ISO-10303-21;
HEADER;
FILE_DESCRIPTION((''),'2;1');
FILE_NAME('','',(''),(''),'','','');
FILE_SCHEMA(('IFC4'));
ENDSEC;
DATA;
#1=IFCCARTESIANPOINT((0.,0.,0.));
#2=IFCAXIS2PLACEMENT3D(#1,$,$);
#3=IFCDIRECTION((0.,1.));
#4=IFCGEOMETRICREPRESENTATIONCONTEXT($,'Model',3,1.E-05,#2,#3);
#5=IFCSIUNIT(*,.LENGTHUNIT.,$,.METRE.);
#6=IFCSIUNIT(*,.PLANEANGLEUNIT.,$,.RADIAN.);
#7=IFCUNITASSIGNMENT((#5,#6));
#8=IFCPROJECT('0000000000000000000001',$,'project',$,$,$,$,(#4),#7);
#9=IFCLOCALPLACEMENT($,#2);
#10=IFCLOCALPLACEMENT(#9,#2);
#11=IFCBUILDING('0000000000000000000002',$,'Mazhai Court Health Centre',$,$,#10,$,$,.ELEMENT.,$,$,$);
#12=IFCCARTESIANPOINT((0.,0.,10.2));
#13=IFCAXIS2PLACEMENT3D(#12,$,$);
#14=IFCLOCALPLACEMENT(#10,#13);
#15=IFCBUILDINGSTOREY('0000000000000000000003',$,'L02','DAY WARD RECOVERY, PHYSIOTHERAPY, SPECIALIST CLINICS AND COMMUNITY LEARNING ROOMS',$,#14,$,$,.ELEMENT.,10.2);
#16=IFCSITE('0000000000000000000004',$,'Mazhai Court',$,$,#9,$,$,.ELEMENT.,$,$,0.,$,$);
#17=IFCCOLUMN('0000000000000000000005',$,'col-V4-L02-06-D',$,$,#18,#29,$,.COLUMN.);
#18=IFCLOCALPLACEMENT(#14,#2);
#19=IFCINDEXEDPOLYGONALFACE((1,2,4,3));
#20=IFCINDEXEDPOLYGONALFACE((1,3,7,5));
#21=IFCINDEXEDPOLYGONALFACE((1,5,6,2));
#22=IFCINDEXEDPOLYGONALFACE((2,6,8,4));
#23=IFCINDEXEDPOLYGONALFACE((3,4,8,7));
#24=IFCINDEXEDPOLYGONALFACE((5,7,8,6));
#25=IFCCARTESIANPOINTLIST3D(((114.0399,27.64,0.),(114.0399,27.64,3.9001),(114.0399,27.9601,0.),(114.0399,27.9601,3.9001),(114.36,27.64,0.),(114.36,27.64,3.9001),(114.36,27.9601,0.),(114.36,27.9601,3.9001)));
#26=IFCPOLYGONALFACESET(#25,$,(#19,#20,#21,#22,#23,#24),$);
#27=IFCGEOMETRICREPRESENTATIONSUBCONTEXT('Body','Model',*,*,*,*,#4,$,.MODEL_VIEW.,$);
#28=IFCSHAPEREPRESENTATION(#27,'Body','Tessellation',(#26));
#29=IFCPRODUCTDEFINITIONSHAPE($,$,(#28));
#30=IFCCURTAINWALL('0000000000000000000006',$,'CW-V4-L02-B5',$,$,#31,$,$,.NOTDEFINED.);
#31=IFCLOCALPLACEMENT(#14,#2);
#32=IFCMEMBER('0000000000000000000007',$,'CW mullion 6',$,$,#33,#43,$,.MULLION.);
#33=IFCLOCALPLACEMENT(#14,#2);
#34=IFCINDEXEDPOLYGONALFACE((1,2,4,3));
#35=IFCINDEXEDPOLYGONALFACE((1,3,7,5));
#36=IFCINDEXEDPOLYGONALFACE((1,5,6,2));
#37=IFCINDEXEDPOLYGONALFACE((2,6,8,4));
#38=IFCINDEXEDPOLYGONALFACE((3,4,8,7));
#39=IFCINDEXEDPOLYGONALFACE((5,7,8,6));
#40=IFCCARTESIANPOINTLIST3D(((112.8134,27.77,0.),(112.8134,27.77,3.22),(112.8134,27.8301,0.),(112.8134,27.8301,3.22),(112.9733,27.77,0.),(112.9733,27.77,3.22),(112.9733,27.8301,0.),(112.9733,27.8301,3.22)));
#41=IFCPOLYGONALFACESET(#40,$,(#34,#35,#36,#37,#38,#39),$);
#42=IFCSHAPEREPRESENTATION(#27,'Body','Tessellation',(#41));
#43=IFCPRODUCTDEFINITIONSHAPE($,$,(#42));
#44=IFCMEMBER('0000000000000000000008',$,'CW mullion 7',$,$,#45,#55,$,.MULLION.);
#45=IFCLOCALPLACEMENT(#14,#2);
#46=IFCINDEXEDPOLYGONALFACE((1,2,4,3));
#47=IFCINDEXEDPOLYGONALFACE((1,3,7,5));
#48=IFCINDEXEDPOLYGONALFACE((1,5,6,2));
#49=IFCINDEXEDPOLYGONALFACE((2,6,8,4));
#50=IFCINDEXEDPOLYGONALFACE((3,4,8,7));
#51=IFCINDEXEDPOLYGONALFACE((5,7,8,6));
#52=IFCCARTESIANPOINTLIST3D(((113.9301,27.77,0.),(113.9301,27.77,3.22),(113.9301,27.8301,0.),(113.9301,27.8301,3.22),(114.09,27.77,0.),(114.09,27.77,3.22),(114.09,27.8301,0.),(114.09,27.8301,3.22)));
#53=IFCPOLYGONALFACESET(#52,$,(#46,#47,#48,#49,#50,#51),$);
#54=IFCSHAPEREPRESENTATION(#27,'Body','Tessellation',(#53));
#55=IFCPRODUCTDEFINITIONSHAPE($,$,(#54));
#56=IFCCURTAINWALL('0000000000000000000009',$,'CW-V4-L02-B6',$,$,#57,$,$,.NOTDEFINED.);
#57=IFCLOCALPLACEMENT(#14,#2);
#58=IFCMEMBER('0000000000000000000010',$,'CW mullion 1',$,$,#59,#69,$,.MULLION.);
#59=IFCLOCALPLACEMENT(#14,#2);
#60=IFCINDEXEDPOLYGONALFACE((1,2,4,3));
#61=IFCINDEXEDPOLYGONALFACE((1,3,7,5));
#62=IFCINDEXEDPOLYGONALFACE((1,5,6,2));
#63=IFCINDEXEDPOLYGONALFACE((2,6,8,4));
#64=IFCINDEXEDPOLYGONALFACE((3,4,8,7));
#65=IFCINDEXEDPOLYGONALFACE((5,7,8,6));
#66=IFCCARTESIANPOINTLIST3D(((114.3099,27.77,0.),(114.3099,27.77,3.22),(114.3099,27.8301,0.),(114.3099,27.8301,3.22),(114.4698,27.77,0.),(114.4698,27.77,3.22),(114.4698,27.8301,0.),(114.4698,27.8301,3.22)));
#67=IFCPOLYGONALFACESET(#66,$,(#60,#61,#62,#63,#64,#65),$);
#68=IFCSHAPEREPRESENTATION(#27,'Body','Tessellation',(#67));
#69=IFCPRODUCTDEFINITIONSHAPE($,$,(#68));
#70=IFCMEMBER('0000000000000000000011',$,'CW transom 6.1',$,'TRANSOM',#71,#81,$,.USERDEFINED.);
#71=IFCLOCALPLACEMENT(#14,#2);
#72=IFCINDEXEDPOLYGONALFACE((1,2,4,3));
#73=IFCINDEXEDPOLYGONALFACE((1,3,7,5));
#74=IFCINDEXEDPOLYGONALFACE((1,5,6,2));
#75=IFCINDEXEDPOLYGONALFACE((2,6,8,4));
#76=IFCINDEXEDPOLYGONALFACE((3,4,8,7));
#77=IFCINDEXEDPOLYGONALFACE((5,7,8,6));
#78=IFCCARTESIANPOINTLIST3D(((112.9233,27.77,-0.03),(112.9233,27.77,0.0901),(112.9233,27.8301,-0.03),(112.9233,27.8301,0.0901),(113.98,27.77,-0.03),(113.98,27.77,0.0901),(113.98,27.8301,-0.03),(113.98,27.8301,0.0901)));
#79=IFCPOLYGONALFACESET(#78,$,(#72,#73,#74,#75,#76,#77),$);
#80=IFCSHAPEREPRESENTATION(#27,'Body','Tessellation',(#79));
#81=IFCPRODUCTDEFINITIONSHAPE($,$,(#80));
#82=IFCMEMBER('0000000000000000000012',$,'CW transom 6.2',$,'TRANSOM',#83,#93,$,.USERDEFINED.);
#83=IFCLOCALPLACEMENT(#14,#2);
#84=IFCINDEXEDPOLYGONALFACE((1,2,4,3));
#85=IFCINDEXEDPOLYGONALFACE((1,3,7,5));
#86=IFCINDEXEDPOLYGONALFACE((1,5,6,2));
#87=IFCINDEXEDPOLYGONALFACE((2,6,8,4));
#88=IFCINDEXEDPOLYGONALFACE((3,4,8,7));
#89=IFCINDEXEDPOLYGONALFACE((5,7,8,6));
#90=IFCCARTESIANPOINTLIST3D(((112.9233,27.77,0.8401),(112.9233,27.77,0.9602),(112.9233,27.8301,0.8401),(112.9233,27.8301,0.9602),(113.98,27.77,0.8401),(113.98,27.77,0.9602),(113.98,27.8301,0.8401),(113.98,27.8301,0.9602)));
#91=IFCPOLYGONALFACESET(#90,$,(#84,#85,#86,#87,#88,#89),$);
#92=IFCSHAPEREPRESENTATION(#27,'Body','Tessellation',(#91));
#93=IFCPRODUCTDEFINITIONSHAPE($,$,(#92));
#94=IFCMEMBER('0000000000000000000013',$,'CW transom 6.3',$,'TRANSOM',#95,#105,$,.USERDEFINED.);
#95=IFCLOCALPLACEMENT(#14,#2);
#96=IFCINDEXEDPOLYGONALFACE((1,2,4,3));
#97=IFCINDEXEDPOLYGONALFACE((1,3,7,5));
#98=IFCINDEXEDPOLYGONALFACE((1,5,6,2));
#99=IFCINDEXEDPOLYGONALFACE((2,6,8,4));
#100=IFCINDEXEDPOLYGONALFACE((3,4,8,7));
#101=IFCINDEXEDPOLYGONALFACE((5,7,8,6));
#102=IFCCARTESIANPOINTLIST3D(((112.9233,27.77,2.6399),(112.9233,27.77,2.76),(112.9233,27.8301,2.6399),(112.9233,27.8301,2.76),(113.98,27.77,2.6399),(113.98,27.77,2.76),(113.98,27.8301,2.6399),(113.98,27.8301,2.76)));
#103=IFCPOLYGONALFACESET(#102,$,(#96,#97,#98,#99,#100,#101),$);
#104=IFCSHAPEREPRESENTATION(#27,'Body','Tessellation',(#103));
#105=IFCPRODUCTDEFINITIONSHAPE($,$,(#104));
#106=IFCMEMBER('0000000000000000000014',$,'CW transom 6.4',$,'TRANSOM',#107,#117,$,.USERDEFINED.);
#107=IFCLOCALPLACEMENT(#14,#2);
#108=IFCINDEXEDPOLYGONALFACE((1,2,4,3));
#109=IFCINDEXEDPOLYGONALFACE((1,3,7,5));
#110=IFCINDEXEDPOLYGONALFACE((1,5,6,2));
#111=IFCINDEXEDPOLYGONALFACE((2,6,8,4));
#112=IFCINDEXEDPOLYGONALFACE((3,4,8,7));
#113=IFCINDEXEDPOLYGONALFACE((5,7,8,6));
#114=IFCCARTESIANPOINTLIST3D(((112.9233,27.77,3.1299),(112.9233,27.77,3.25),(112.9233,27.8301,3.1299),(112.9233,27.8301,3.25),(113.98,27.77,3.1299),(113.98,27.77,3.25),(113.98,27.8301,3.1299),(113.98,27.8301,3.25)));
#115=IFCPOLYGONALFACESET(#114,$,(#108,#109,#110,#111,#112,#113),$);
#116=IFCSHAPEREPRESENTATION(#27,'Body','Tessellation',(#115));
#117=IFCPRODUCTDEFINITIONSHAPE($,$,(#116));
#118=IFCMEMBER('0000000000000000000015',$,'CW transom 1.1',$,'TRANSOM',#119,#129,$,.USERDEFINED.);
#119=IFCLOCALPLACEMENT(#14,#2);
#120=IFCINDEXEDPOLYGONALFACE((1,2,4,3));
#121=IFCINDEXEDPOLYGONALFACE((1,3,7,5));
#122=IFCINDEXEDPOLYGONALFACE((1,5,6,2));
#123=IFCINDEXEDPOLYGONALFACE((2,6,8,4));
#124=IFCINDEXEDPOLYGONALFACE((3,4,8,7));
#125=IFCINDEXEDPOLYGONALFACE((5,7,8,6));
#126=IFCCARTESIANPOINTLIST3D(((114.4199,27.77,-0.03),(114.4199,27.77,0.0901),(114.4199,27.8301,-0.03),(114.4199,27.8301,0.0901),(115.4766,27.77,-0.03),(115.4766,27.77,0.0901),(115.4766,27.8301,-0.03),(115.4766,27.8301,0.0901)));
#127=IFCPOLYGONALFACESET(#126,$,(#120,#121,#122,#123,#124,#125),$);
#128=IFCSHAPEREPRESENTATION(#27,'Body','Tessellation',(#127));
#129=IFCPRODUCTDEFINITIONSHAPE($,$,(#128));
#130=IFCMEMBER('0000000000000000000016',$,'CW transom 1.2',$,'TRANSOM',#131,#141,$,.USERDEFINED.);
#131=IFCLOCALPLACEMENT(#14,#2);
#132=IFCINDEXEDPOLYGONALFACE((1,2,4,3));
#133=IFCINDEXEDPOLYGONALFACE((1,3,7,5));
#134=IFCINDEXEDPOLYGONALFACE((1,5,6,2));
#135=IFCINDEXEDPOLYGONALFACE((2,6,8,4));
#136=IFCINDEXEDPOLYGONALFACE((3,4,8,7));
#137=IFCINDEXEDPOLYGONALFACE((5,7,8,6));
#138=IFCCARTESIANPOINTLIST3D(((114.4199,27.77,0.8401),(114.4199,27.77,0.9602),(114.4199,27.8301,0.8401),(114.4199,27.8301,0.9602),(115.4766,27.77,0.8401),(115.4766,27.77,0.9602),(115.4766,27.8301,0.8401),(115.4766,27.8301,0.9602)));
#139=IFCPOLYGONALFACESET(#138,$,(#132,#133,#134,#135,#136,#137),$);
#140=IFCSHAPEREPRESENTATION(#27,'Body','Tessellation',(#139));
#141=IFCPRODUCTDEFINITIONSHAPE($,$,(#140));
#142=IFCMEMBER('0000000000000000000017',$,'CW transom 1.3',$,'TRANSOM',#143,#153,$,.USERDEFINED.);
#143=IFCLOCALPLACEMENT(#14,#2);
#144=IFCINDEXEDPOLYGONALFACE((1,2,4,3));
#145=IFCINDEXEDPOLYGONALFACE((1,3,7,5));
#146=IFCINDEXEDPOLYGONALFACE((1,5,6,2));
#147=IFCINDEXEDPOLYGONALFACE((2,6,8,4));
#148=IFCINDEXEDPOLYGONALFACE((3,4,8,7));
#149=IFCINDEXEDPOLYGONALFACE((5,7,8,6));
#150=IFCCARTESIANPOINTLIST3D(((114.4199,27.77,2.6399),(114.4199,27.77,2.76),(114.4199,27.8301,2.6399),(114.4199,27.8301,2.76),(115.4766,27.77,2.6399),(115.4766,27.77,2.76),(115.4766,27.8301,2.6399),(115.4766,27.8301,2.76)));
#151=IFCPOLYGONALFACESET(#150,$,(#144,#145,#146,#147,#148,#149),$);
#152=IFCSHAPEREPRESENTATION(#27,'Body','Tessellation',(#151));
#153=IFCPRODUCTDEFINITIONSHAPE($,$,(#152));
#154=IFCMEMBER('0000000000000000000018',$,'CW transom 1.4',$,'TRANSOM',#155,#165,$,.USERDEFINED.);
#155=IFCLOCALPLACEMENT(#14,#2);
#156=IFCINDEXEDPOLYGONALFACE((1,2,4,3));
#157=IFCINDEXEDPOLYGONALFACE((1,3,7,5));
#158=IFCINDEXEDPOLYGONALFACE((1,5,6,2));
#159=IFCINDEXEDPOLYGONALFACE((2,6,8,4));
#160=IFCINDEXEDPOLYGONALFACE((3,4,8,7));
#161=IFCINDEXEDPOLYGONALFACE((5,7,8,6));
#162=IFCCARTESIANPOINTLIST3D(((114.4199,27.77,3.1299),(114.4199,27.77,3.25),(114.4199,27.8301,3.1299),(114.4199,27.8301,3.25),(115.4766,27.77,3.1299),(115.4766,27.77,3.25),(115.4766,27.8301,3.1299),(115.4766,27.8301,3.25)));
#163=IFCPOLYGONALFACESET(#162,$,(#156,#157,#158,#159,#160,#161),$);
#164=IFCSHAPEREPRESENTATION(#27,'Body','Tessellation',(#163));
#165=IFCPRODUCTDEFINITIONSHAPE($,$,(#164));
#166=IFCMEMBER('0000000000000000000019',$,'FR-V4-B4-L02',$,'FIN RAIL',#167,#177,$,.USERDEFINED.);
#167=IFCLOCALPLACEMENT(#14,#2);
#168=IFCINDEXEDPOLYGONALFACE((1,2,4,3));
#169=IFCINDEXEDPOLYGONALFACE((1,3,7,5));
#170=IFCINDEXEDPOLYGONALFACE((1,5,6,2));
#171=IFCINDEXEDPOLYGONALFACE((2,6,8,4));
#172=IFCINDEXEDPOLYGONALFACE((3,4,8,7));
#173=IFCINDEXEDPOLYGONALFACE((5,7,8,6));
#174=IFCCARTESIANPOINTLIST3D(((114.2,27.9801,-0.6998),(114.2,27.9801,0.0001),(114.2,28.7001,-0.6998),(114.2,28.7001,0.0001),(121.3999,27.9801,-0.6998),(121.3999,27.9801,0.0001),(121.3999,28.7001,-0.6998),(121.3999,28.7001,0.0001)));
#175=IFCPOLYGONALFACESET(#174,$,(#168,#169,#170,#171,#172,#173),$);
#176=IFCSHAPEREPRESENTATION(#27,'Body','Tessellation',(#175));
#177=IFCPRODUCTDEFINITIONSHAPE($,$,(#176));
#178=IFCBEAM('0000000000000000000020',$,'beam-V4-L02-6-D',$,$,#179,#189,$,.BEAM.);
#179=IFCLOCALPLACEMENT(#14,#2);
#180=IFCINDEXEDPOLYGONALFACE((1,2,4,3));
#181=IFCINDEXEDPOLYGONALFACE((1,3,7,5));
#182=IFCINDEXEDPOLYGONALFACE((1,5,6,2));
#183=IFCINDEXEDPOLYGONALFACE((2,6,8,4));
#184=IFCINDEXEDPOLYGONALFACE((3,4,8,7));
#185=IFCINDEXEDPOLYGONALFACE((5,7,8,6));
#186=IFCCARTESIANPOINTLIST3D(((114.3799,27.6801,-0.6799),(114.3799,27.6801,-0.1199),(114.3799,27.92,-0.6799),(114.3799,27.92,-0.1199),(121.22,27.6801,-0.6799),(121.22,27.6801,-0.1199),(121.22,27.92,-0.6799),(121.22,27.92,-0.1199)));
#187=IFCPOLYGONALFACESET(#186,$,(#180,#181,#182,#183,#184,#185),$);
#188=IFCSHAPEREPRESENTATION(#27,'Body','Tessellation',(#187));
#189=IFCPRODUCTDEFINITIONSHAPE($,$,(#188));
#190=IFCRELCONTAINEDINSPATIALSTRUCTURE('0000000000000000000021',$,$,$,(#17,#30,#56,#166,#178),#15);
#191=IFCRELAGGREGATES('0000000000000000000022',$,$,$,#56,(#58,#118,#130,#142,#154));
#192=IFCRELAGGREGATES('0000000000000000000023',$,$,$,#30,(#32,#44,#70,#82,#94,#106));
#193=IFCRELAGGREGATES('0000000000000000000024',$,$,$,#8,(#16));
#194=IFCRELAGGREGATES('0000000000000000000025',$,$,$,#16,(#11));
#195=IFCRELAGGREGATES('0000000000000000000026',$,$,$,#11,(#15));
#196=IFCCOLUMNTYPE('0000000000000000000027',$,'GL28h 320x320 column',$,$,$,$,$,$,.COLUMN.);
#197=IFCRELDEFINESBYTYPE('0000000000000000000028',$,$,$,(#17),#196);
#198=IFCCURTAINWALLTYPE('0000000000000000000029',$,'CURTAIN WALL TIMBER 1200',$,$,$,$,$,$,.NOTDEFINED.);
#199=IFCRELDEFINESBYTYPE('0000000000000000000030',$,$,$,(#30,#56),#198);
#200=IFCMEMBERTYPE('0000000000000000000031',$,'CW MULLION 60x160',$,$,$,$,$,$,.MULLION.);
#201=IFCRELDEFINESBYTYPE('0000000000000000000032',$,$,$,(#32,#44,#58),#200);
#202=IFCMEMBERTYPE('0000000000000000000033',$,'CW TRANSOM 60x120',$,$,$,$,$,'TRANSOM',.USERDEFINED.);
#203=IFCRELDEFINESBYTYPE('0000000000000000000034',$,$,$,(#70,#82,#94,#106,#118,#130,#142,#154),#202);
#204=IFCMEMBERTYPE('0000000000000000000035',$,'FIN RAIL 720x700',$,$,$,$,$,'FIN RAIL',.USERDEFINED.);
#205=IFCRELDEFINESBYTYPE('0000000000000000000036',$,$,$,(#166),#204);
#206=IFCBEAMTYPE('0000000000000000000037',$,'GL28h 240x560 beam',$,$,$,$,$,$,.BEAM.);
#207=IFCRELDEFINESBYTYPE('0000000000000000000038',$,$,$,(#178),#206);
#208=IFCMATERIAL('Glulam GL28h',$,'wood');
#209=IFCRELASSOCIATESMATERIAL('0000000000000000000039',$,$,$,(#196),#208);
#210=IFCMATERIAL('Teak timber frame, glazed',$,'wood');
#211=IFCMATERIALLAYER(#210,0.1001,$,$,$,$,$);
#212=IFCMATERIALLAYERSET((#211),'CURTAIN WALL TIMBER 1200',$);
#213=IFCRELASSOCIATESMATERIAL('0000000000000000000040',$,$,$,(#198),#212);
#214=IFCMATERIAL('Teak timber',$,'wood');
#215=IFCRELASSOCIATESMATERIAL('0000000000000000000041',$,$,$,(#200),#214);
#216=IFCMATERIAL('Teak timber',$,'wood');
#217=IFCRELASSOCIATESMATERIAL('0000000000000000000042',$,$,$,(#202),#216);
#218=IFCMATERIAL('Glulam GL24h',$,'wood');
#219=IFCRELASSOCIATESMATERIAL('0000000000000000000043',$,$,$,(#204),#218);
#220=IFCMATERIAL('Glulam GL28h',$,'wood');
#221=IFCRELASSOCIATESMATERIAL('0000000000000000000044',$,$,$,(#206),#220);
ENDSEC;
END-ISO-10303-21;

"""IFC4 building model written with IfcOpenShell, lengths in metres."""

from ifc_helpers import new_model, si_unit, direction, frame, origin, origin_2d, place, context, subcontext, project, spatial, rectangle, extrude, material, layer, layer_set, material_profile, profile_set, type_object, element, aggregate, save


model = new_model("IFC4")

# Units and contexts
model_context = context("Model", 3, precision=1e-05, world=origin(), true_north=direction((0.0, 1.0)))
body_context = subcontext(model_context, "Body", "Model", "MODEL_VIEW")
ifc_project = project(units=[si_unit("LENGTHUNIT", "METRE"), si_unit("PLANEANGLEUNIT", "RADIAN")], contexts=[model_context])

# Site, building, storey
site_placement = place(None, origin())
site = spatial("IfcSite", under=ifc_project, at=site_placement, Name="Mazhai Court", CompositionType="ELEMENT", RefElevation=0.0)
building_placement = place(site_placement, origin())
building = spatial("IfcBuilding", under=site, at=building_placement, Name="Mazhai Court Health Centre", CompositionType="ELEMENT")
storey_placement = place(building_placement, frame((0.0, 0.0, 10.2)))
storey = spatial("IfcBuildingStorey", under=building, at=storey_placement, Name="L02", Description="DAY WARD RECOVERY, PHYSIOTHERAPY, SPECIALIST CLINICS AND COMMUNITY LEARNING ROOMS", CompositionType="ELEMENT", Elevation=10.2)

# Column
ifc_material_1 = material(Name="Glulam GL28h", Category="wood")
ifc_material_profile_1 = material_profile(ifc_material_1, rectangle(XDim=0.3201, YDim=0.3201, at=origin_2d()), Name="GL28h 320x320")
ifc_profile_set_1 = profile_set([ifc_material_profile_1], Name="Glulam GL28h")
column_type = type_object("IfcColumnType", Name="GL28h 320x320 column", PredefinedType="COLUMN", material=ifc_profile_set_1)
column_placement = place(storey_placement, frame((114.2, 27.8, 0.0), z_axis=(0.0, 0.0, 1.0), x_axis=(1.0, 0.0, 0.0)))
element("IfcColumn", 1, at=column_placement, inside=storey, type_object=column_type, Name="col-V4-L02-06-D", PredefinedType="COLUMN", context=body_context, shape_type="SweptSolid", body=[
    extrude(rectangle(XDim=0.3201, YDim=0.3201, at=origin_2d()), origin(), (0.0, 0.0, 1.0), 3.9001),
])

# Curtain wall, members
ifc_material_2 = material(Name="Teak timber frame, glazed", Category="wood")
ifc_layer_1 = layer(ifc_material_2, 0.1001)
ifc_layer_set_1 = layer_set([ifc_layer_1], Name="CURTAIN WALL TIMBER 1200")
curtain_wall_type = type_object("IfcCurtainWallType", Name="CURTAIN WALL TIMBER 1200", PredefinedType="NOTDEFINED", material=ifc_layer_set_1)
curtain_wall_1_placement = place(storey_placement, origin())
curtain_wall_1 = element("IfcCurtainWall", 2, at=curtain_wall_1_placement, inside=storey, type_object=curtain_wall_type, Name="CW-V4-L02-B5", PredefinedType="NOTDEFINED")
ifc_material_3 = material(Name="Teak timber", Category="wood")
ifc_material_profile_2 = material_profile(ifc_material_3, rectangle(XDim=0.0601, YDim=0.1599, at=origin_2d()), Name="CW MULLION 60x160")
ifc_profile_set_2 = profile_set([ifc_material_profile_2], Name="Teak timber")
member_type_1 = type_object("IfcMemberType", Name="CW MULLION 60x160", PredefinedType="MULLION", material=ifc_profile_set_2)
member_1_placement = place(storey_placement, frame((112.8933, 27.8, 0.0), z_axis=(0.0, 0.0, 1.0), x_axis=(0.0, 1.0, 0.0)))
member_1 = element("IfcMember", 3, at=member_1_placement, type_object=member_type_1, Name="CW mullion 6", PredefinedType="MULLION", context=body_context, shape_type="SweptSolid", body=[
    extrude(rectangle(XDim=0.0601, YDim=0.1599, at=origin_2d()), origin(), (0.0, 0.0, 1.0), 3.22),
])
member_2_placement = place(storey_placement, frame((114.01, 27.8, 0.0), z_axis=(0.0, 0.0, 1.0), x_axis=(0.0, 1.0, 0.0)))
member_2 = element("IfcMember", 4, at=member_2_placement, type_object=member_type_1, Name="CW mullion 7", PredefinedType="MULLION", context=body_context, shape_type="SweptSolid", body=[
    extrude(rectangle(XDim=0.0601, YDim=0.1599, at=origin_2d()), origin(), (0.0, 0.0, 1.0), 3.22),
])

# Curtain wall, member
curtain_wall_2_placement = place(storey_placement, origin())
curtain_wall_2 = element("IfcCurtainWall", 5, at=curtain_wall_2_placement, inside=storey, type_object=curtain_wall_type, Name="CW-V4-L02-B6", PredefinedType="NOTDEFINED")
member_3_placement = place(storey_placement, frame((114.3899, 27.8, 0.0), z_axis=(0.0, 0.0, 1.0), x_axis=(0.0, 1.0, 0.0)))
member_3 = element("IfcMember", 6, at=member_3_placement, type_object=member_type_1, Name="CW mullion 1", PredefinedType="MULLION", context=body_context, shape_type="SweptSolid", body=[
    extrude(rectangle(XDim=0.0601, YDim=0.1599, at=origin_2d()), origin(), (0.0, 0.0, 1.0), 3.22),
])

# Members
ifc_material_4 = material(Name="Teak timber", Category="wood")
ifc_material_profile_3 = material_profile(ifc_material_4, rectangle(XDim=0.0601, YDim=0.1201, at=origin_2d()), Name="CW TRANSOM 60x120")
ifc_profile_set_3 = profile_set([ifc_material_profile_3], Name="Teak timber")
member_type_2 = type_object("IfcMemberType", Name="CW TRANSOM 60x120", ElementType="TRANSOM", PredefinedType="USERDEFINED", material=ifc_profile_set_3)
member_4_placement = place(storey_placement, frame((112.9233, 27.8, 0.03), z_axis=(1.0, 0.0, 0.0), x_axis=(0.0, 1.0, 0.0)))
member_4 = element("IfcMember", 7, at=member_4_placement, type_object=member_type_2, Name="CW transom 6.1", ObjectType="TRANSOM", PredefinedType="USERDEFINED", context=body_context, shape_type="SweptSolid", body=[
    extrude(rectangle(XDim=0.0601, YDim=0.1201, at=origin_2d()), origin(), (0.0, 0.0, 1.0), 1.0566),
])
member_5_placement = place(storey_placement, frame((112.9233, 27.8, 0.9001), z_axis=(1.0, 0.0, 0.0), x_axis=(0.0, 1.0, 0.0)))
member_5 = element("IfcMember", 8, at=member_5_placement, type_object=member_type_2, Name="CW transom 6.2", ObjectType="TRANSOM", PredefinedType="USERDEFINED", context=body_context, shape_type="SweptSolid", body=[
    extrude(rectangle(XDim=0.0601, YDim=0.1201, at=origin_2d()), origin(), (0.0, 0.0, 1.0), 1.0566),
])
member_6_placement = place(storey_placement, frame((112.9233, 27.8, 2.7), z_axis=(1.0, 0.0, 0.0), x_axis=(0.0, 1.0, 0.0)))
member_6 = element("IfcMember", 9, at=member_6_placement, type_object=member_type_2, Name="CW transom 6.3", ObjectType="TRANSOM", PredefinedType="USERDEFINED", context=body_context, shape_type="SweptSolid", body=[
    extrude(rectangle(XDim=0.0601, YDim=0.1201, at=origin_2d()), origin(), (0.0, 0.0, 1.0), 1.0566),
])
member_7_placement = place(storey_placement, frame((112.9233, 27.8, 3.1899), z_axis=(1.0, 0.0, 0.0), x_axis=(0.0, 1.0, 0.0)))
member_7 = element("IfcMember", 10, at=member_7_placement, type_object=member_type_2, Name="CW transom 6.4", ObjectType="TRANSOM", PredefinedType="USERDEFINED", context=body_context, shape_type="SweptSolid", body=[
    extrude(rectangle(XDim=0.0601, YDim=0.1201, at=origin_2d()), origin(), (0.0, 0.0, 1.0), 1.0566),
])
member_8_placement = place(storey_placement, frame((114.4199, 27.8, 0.03), z_axis=(1.0, 0.0, 0.0), x_axis=(0.0, 1.0, 0.0)))
member_8 = element("IfcMember", 11, at=member_8_placement, type_object=member_type_2, Name="CW transom 1.1", ObjectType="TRANSOM", PredefinedType="USERDEFINED", context=body_context, shape_type="SweptSolid", body=[
    extrude(rectangle(XDim=0.0601, YDim=0.1201, at=origin_2d()), origin(), (0.0, 0.0, 1.0), 1.0566),
])
member_9_placement = place(storey_placement, frame((114.4199, 27.8, 0.9001), z_axis=(1.0, 0.0, 0.0), x_axis=(0.0, 1.0, 0.0)))
member_9 = element("IfcMember", 12, at=member_9_placement, type_object=member_type_2, Name="CW transom 1.2", ObjectType="TRANSOM", PredefinedType="USERDEFINED", context=body_context, shape_type="SweptSolid", body=[
    extrude(rectangle(XDim=0.0601, YDim=0.1201, at=origin_2d()), origin(), (0.0, 0.0, 1.0), 1.0566),
])
member_10_placement = place(storey_placement, frame((114.4199, 27.8, 2.7), z_axis=(1.0, 0.0, 0.0), x_axis=(0.0, 1.0, 0.0)))
member_10 = element("IfcMember", 13, at=member_10_placement, type_object=member_type_2, Name="CW transom 1.3", ObjectType="TRANSOM", PredefinedType="USERDEFINED", context=body_context, shape_type="SweptSolid", body=[
    extrude(rectangle(XDim=0.0601, YDim=0.1201, at=origin_2d()), origin(), (0.0, 0.0, 1.0), 1.0566),
])
member_11_placement = place(storey_placement, frame((114.4199, 27.8, 3.1899), z_axis=(1.0, 0.0, 0.0), x_axis=(0.0, 1.0, 0.0)))
member_11 = element("IfcMember", 14, at=member_11_placement, type_object=member_type_2, Name="CW transom 1.4", ObjectType="TRANSOM", PredefinedType="USERDEFINED", context=body_context, shape_type="SweptSolid", body=[
    extrude(rectangle(XDim=0.0601, YDim=0.1201, at=origin_2d()), origin(), (0.0, 0.0, 1.0), 1.0566),
])
aggregate(curtain_wall_2, [member_3, member_8, member_9, member_10, member_11])
ifc_material_5 = material(Name="Glulam GL24h", Category="wood")
ifc_material_profile_4 = material_profile(ifc_material_5, rectangle(XDim=0.72, YDim=0.7, at=origin_2d()), Name="FIN RAIL 720x700")
ifc_profile_set_4 = profile_set([ifc_material_profile_4], Name="Glulam GL24h")
member_type_3 = type_object("IfcMemberType", Name="FIN RAIL 720x700", ElementType="FIN RAIL", PredefinedType="USERDEFINED", material=ifc_profile_set_4)
member_12_placement = place(storey_placement, frame((114.2, 28.3401, -0.3499), z_axis=(1.0, 0.0, 0.0), x_axis=(0.0, 1.0, 0.0)))
element("IfcMember", 15, at=member_12_placement, inside=storey, type_object=member_type_3, Name="FR-V4-B4-L02", ObjectType="FIN RAIL", PredefinedType="USERDEFINED", context=body_context, shape_type="SweptSolid", body=[
    extrude(rectangle(XDim=0.72, YDim=0.7, at=origin_2d()), origin(), (0.0, 0.0, 1.0), 7.2),
])

# Beam
ifc_material_6 = material(Name="Glulam GL28h", Category="wood")
ifc_material_profile_5 = material_profile(ifc_material_6, rectangle(XDim=0.24, YDim=0.5601, at=origin_2d()), Name="GL28h 240x560")
ifc_profile_set_5 = profile_set([ifc_material_profile_5], Name="Glulam GL28h")
beam_type = type_object("IfcBeamType", Name="GL28h 240x560 beam", PredefinedType="BEAM", material=ifc_profile_set_5)
beam_placement = place(storey_placement, frame((114.3799, 27.8, -0.3999), z_axis=(1.0, 0.0, 0.0), x_axis=(0.0, 1.0, 0.0)))
element("IfcBeam", 16, at=beam_placement, inside=storey, type_object=beam_type, Name="beam-V4-L02-6-D", PredefinedType="BEAM", context=body_context, shape_type="SweptSolid", body=[
    extrude(rectangle(XDim=0.24, YDim=0.5601, at=origin_2d()), origin(), (0.0, 0.0, 1.0), 6.8401),
])

aggregate(curtain_wall_1, [member_1, member_2, member_4, member_5, member_6, member_7])

save(model, "model.ifc")
